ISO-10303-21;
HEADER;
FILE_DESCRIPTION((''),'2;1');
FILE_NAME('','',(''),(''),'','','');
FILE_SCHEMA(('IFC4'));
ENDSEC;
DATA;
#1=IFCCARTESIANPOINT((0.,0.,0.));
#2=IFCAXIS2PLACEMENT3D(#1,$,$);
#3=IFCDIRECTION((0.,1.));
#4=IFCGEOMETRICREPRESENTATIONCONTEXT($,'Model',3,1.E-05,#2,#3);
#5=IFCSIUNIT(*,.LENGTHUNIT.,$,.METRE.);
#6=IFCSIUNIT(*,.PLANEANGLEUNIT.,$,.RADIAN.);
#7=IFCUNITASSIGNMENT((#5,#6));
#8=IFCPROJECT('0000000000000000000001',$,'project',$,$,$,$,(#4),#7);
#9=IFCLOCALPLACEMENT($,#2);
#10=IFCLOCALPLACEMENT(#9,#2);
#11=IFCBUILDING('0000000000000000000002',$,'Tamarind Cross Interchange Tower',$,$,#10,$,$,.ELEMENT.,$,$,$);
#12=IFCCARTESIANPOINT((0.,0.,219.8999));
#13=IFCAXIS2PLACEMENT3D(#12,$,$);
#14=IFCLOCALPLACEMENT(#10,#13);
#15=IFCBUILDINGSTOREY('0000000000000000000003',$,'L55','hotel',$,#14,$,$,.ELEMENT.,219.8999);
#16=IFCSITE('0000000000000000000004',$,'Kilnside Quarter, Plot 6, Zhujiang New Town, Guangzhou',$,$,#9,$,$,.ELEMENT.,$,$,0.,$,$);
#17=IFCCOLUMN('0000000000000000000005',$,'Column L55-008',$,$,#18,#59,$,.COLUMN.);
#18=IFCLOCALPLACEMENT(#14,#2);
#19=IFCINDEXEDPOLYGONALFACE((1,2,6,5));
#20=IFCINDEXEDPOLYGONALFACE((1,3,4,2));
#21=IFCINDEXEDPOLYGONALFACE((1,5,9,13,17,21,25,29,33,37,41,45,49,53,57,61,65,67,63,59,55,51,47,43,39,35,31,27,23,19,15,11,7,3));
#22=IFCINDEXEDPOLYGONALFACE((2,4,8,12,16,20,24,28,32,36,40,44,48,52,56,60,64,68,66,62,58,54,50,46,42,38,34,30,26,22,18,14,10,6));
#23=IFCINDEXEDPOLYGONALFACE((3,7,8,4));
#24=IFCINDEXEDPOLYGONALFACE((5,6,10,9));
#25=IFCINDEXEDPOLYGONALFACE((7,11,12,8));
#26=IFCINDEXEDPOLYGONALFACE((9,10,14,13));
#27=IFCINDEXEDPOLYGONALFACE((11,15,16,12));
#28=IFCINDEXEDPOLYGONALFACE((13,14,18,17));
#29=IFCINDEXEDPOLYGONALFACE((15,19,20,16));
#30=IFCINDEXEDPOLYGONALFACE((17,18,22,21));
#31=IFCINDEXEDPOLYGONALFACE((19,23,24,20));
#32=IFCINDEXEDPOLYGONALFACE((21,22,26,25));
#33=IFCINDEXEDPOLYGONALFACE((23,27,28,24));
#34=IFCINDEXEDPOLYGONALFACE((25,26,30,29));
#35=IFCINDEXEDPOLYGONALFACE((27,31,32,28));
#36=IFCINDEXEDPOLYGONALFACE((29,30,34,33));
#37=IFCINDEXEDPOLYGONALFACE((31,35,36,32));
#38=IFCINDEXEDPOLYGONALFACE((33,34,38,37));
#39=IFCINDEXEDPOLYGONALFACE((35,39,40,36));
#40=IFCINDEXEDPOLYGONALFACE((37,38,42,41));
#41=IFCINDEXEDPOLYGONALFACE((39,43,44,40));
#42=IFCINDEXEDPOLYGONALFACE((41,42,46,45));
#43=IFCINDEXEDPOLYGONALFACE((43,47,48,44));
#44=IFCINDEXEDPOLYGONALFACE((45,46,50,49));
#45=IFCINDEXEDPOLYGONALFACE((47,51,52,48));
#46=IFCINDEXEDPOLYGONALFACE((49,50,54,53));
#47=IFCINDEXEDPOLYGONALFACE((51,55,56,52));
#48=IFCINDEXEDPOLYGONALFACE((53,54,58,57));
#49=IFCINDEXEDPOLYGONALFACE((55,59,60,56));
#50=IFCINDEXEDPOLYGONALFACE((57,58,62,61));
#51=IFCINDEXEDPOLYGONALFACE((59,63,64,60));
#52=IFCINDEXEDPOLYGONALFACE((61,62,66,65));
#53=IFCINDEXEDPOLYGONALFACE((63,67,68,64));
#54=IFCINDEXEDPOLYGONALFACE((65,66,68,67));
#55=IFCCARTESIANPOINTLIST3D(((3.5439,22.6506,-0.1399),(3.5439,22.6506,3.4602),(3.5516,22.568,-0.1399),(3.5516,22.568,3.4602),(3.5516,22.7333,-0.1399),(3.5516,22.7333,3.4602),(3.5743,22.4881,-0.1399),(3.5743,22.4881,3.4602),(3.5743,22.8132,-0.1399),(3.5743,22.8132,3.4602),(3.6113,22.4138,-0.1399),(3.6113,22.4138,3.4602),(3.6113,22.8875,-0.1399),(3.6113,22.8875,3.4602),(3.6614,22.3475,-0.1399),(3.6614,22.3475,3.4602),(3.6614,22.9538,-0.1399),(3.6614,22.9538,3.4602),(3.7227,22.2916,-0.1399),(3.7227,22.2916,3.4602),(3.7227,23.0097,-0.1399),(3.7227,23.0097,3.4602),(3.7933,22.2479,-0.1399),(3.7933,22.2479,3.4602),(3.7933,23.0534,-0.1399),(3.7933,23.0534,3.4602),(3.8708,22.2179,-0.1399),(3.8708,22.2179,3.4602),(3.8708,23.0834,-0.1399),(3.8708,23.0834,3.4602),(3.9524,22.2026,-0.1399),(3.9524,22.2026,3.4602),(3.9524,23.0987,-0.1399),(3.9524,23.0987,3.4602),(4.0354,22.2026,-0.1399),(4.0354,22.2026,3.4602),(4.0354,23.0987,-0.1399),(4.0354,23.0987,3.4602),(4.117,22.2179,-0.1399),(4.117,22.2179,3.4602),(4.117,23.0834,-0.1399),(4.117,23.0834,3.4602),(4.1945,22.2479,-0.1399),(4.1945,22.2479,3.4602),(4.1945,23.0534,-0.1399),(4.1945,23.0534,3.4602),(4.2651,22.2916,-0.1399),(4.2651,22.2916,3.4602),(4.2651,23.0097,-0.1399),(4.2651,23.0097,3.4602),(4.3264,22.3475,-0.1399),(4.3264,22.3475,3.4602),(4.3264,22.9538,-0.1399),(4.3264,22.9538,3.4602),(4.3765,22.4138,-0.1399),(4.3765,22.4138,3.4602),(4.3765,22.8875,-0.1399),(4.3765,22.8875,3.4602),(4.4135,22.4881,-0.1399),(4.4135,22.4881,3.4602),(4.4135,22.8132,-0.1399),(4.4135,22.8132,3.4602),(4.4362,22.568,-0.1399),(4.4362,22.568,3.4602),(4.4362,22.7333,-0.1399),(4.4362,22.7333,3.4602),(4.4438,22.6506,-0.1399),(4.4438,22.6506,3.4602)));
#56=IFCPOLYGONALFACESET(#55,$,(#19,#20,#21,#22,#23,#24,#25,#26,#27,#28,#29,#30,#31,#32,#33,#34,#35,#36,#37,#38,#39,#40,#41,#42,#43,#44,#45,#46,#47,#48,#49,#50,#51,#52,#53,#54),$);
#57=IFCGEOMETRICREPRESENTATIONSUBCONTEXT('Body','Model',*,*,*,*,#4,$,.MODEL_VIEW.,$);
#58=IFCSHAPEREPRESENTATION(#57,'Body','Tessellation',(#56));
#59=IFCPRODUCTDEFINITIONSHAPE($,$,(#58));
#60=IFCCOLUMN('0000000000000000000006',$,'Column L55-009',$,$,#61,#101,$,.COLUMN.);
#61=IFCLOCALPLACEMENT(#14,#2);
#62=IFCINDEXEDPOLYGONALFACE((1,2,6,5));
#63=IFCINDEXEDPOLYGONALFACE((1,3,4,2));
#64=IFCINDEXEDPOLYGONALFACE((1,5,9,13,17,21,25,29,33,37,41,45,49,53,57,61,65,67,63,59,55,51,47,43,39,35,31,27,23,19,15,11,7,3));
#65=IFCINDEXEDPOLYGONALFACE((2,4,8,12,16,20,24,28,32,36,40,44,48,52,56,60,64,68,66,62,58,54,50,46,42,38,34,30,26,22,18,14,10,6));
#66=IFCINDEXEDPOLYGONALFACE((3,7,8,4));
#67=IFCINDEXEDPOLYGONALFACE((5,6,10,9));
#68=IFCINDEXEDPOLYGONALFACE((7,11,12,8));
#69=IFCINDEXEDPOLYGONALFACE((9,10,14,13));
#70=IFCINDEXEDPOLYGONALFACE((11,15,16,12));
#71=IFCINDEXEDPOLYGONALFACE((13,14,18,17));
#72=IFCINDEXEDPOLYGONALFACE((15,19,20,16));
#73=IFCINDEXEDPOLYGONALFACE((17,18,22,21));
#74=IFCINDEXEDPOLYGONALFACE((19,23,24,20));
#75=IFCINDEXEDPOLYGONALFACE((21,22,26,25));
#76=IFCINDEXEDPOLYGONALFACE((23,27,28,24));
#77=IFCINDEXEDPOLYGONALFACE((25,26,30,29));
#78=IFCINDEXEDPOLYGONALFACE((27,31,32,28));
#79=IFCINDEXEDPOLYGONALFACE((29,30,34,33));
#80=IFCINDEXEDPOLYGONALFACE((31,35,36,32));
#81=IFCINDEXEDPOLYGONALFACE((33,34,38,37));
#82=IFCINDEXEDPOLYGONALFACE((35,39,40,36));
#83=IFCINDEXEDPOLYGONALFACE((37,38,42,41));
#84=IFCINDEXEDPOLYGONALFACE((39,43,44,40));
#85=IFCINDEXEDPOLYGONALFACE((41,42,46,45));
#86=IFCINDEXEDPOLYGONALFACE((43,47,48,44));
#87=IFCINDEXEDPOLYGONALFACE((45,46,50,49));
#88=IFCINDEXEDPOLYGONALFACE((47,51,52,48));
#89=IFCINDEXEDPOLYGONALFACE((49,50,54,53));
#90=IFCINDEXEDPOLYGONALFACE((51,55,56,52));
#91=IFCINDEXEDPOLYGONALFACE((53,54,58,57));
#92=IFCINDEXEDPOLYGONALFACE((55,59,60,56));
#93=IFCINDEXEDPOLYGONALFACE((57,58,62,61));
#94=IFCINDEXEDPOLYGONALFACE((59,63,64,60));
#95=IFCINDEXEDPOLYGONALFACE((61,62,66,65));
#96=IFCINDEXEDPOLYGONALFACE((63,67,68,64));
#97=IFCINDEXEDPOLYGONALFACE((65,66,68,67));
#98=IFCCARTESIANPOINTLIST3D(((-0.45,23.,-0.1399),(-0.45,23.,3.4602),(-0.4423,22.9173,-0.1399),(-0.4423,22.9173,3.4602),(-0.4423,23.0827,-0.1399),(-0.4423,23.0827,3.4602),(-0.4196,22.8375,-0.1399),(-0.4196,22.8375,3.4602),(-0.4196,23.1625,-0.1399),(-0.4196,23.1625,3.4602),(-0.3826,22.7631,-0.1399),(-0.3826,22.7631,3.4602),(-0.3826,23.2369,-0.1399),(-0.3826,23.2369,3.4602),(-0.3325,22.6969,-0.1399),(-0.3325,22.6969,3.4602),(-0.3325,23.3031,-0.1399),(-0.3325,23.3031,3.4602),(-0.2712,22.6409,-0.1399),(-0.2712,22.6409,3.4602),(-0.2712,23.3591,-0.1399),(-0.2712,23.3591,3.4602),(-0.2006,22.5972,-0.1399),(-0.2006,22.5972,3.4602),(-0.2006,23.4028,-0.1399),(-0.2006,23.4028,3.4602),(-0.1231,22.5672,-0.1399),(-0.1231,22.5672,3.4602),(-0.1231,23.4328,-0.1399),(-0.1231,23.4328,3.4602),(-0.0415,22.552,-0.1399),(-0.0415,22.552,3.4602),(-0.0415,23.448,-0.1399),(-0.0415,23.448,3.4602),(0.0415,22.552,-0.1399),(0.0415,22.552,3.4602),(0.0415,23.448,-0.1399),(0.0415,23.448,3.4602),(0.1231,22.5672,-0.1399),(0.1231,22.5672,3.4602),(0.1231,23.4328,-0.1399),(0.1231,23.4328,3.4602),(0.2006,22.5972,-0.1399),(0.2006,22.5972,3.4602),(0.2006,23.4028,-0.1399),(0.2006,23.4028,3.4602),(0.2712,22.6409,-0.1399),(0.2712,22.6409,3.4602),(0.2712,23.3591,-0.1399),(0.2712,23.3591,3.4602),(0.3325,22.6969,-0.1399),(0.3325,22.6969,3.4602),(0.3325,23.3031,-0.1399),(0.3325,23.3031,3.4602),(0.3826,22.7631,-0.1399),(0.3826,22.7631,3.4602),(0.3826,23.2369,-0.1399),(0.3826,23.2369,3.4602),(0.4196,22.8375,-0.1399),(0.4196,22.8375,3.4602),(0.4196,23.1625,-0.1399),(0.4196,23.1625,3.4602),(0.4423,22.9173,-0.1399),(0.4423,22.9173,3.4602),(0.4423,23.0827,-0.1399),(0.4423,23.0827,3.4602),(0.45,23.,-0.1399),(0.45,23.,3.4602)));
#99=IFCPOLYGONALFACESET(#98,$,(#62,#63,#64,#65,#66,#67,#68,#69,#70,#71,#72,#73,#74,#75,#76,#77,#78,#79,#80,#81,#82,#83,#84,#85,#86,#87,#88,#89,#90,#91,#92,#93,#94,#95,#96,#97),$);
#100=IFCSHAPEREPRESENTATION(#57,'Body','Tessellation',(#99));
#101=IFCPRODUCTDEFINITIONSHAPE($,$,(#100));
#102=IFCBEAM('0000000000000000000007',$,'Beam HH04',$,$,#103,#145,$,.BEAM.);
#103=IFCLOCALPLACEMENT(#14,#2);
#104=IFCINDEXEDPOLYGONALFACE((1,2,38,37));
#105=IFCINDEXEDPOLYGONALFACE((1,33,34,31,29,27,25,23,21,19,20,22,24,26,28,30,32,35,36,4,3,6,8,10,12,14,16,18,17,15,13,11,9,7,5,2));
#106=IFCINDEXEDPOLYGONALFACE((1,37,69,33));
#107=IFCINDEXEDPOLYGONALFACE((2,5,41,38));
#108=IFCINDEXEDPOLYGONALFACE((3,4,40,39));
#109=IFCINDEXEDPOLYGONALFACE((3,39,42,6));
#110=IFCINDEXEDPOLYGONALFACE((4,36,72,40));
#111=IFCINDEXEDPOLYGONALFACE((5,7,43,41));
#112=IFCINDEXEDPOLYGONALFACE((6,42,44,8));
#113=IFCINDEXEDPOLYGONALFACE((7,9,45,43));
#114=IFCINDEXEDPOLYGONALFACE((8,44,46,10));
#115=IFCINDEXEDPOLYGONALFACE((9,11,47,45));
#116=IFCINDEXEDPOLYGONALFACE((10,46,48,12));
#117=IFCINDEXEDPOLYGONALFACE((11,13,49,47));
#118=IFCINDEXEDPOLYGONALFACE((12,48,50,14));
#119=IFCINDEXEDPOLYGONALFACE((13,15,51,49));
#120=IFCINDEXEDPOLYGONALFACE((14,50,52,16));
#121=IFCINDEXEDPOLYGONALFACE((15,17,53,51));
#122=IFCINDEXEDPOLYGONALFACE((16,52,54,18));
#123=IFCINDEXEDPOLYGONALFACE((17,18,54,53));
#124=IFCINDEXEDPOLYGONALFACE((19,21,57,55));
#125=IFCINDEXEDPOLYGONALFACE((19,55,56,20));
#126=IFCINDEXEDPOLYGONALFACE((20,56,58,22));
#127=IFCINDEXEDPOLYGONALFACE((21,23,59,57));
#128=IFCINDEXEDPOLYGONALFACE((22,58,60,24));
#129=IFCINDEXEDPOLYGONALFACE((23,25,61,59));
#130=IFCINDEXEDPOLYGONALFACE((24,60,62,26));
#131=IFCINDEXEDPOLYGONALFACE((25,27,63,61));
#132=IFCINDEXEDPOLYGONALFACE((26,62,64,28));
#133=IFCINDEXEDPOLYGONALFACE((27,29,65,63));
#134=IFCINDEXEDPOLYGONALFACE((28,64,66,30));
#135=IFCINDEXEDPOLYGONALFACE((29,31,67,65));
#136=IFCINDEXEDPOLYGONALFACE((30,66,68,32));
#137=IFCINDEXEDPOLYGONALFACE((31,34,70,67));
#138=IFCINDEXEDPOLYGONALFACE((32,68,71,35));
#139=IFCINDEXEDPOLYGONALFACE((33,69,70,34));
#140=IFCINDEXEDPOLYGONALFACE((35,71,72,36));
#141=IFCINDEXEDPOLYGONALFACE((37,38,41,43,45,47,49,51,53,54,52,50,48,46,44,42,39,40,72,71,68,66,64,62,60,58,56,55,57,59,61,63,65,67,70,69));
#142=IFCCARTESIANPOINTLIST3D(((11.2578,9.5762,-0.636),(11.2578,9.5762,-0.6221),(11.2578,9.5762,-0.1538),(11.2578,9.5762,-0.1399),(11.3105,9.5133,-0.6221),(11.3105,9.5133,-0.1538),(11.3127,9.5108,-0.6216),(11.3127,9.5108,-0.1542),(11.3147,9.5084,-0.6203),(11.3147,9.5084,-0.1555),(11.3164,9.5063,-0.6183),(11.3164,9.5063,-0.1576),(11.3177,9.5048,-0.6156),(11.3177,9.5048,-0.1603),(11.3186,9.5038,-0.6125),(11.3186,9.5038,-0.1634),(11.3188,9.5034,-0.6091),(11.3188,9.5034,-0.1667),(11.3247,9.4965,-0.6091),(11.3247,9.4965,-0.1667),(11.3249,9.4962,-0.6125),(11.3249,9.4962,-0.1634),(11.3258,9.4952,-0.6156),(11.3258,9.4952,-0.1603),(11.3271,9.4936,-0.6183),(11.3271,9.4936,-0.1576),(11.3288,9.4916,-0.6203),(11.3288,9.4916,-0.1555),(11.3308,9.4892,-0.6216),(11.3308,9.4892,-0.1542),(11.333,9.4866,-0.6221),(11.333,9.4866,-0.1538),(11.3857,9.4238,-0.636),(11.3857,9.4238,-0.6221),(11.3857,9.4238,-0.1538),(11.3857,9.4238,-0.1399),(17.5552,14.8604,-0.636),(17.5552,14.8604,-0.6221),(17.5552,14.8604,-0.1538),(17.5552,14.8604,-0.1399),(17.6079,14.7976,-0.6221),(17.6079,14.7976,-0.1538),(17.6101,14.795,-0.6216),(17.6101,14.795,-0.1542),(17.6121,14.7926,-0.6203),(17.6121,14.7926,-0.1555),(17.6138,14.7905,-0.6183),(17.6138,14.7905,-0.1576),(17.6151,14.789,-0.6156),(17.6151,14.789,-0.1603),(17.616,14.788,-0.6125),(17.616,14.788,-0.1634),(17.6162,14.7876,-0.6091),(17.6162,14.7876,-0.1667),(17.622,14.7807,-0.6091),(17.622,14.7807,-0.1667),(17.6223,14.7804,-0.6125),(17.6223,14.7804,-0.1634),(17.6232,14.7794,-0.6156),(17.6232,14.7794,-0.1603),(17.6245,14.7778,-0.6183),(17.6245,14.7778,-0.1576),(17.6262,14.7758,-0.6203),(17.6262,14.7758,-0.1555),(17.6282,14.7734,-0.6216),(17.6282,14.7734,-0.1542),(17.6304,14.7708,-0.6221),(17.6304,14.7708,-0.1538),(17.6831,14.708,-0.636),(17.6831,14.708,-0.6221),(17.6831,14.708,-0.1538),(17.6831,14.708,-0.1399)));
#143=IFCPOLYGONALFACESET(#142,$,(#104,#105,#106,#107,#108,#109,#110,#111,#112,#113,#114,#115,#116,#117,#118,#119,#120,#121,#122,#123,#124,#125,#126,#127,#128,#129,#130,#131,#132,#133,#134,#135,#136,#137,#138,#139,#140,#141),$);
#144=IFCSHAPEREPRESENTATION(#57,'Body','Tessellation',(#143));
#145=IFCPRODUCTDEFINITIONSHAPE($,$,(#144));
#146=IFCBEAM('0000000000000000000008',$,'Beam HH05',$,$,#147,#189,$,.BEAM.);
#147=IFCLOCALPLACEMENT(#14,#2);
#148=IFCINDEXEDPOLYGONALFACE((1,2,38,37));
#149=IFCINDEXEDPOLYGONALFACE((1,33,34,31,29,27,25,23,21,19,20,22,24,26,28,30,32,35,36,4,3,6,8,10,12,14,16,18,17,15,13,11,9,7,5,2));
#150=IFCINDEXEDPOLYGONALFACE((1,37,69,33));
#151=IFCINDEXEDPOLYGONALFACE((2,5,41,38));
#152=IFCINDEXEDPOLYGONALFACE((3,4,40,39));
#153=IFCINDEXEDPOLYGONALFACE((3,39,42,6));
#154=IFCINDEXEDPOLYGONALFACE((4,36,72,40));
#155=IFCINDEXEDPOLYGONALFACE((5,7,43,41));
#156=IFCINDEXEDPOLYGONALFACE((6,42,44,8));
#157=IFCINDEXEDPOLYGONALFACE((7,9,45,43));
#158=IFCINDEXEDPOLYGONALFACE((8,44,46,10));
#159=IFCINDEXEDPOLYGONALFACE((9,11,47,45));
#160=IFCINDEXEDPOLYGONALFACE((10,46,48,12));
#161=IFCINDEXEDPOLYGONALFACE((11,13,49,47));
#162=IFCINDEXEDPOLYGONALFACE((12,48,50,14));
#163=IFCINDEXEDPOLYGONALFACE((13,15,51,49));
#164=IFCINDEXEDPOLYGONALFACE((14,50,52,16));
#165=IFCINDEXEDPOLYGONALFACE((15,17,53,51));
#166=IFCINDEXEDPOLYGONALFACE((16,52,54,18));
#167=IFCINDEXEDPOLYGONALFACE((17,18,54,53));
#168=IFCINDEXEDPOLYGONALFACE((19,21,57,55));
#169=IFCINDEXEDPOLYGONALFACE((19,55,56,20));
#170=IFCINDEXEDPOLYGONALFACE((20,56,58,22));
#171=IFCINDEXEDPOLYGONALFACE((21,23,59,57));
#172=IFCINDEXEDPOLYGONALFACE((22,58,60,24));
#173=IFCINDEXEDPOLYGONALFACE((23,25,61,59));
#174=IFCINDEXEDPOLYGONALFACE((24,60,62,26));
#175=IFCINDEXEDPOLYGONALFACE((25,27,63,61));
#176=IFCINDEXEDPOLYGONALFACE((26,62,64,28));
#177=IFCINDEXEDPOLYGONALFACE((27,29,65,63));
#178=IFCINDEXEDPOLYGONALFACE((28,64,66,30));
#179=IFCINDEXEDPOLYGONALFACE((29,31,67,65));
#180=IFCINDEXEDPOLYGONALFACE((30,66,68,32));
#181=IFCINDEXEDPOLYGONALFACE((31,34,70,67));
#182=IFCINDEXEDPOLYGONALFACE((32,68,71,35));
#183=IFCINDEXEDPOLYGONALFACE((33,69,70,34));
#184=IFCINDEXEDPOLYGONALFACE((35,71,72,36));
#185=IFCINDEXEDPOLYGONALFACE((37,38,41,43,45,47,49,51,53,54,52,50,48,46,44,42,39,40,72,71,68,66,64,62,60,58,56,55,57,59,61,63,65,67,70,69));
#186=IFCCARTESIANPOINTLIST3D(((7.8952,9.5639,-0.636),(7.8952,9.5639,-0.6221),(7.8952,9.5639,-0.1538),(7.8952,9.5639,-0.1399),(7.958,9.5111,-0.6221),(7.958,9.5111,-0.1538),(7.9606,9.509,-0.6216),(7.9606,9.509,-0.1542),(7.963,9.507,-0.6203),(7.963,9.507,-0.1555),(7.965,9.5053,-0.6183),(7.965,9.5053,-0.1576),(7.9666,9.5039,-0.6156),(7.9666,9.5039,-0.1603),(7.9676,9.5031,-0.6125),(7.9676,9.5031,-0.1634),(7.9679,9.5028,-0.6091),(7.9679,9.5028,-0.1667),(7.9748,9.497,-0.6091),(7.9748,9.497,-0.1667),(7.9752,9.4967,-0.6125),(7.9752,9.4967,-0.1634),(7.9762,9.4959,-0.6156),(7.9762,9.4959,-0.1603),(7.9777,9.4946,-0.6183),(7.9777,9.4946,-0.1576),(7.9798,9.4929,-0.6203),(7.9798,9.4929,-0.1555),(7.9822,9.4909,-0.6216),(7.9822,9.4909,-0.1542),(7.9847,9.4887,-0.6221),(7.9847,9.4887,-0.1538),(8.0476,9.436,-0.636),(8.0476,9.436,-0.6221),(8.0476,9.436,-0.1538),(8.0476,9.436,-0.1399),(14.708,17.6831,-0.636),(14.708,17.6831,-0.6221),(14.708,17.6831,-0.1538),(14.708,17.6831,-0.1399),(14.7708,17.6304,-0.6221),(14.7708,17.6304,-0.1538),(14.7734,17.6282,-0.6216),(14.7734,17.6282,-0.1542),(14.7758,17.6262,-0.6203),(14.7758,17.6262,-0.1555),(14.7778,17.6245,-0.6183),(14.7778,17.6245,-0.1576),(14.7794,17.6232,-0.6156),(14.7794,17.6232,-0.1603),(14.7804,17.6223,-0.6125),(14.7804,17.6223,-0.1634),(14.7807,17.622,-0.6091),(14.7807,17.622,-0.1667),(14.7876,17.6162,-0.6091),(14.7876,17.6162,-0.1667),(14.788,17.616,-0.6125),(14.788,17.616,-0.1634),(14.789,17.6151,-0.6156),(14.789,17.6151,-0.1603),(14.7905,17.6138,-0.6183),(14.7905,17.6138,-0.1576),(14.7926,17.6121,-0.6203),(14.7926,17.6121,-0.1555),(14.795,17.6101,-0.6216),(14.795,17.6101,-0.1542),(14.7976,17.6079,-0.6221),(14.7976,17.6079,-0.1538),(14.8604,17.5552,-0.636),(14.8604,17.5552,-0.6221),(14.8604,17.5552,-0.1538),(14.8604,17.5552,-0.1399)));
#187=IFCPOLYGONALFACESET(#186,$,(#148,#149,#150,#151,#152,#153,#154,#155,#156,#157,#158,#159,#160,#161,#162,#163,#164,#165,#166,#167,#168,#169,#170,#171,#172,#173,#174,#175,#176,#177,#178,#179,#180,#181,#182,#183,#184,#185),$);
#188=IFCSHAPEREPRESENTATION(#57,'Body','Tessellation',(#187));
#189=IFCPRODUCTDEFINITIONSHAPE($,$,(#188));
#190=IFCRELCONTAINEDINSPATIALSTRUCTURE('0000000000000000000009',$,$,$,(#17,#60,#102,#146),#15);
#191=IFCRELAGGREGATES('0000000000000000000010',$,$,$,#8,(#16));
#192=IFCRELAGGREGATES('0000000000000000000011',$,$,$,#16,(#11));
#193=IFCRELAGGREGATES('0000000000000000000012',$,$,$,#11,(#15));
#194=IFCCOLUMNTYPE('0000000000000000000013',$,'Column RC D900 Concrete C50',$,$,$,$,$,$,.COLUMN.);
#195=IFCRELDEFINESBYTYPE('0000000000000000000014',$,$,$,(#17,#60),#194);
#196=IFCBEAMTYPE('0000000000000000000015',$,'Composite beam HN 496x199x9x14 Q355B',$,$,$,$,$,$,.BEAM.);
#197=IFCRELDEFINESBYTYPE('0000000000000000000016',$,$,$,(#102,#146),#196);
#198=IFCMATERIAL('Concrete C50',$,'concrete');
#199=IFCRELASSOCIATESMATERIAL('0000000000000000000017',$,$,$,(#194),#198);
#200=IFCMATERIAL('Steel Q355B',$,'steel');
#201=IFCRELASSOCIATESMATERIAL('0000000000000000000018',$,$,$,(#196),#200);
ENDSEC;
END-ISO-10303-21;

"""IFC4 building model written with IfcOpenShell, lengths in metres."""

from ifc_helpers import new_model, si_unit, direction, frame, origin, origin_2d, place, context, subcontext, project, spatial, circle, i_section, extrude, material, material_profile, profile_set, type_object, element, save


model = new_model("IFC4")

# Units and contexts
model_context = context("Model", 3, precision=1e-05, world=origin(), true_north=direction((0.0, 1.0)))
body_context = subcontext(model_context, "Body", "Model", "MODEL_VIEW")
ifc_project = project(units=[si_unit("LENGTHUNIT", "METRE"), si_unit("PLANEANGLEUNIT", "RADIAN")], contexts=[model_context])

# Site, building, storey
site_placement = place(None, origin())
site = spatial("IfcSite", under=ifc_project, at=site_placement, Name="Kilnside Quarter, Plot 6, Zhujiang New Town, Guangzhou", CompositionType="ELEMENT", RefElevation=0.0)
building_placement = place(site_placement, origin())
building = spatial("IfcBuilding", under=site, at=building_placement, Name="Tamarind Cross Interchange Tower", CompositionType="ELEMENT")
storey_placement = place(building_placement, frame((0.0, 0.0, 219.8999)))
storey = spatial("IfcBuildingStorey", under=building, at=storey_placement, Name="L55", Description="hotel", CompositionType="ELEMENT", Elevation=219.8999)

# Columns
ifc_material_1 = material(Name="Concrete C50", Category="concrete")
ifc_material_profile_1 = material_profile(ifc_material_1, circle(Radius=0.45, at=origin_2d()), Name="RC D900")
ifc_profile_set_1 = profile_set([ifc_material_profile_1], Name="Concrete C50")
column_type = type_object("IfcColumnType", Name="Column RC D900 Concrete C50", PredefinedType="COLUMN", material=ifc_profile_set_1)
for number, where, z_axis, x_axis, name in (
    (1, (3.9939, 22.6506, -0.1399), (0.0, 0.0, 1.0), (1.0, 0.0, 0.0), "Column L55-008"),
    (2, (0.0, 23.0, -0.1399), (0.0, 0.0, 1.0), (1.0, 0.0, 0.0), "Column L55-009"),
):
    element("IfcColumn", number, at=place(storey_placement, frame(where, z_axis=z_axis, x_axis=x_axis)), inside=storey, type_object=column_type, Name=name, PredefinedType="COLUMN", context=body_context, shape_type="SweptSolid", body=[
        extrude(circle(Radius=0.45, at=origin_2d()), origin(), (0.0, 0.0, 1.0), 3.6001),
    ])

# Beams
ifc_material_2 = material(Name="Steel Q355B", Category="steel")
ifc_material_profile_2 = material_profile(ifc_material_2, i_section(OverallWidth=0.199, OverallDepth=0.4961, WebThickness=0.009, FlangeThickness=0.0139, FilletRadius=0.0129, at=origin_2d()), Name="HN 496x199x9x14")
ifc_profile_set_2 = profile_set([ifc_material_profile_2], Name="Steel Q355B")
beam_type = type_object("IfcBeamType", Name="Composite beam HN 496x199x9x14 Q355B", PredefinedType="BEAM", material=ifc_profile_set_2)
beam_1_placement = place(storey_placement, frame((17.6191, 14.7842, -0.3879), z_axis=(-0.766041, -0.642792, 0.0), x_axis=(0.642792, -0.766041, 0.0)))
element("IfcBeam", 3, at=beam_1_placement, inside=storey, type_object=beam_type, Name="Beam HH04", PredefinedType="BEAM", context=body_context, shape_type="SweptSolid", body=[
    extrude(i_section(OverallWidth=0.199, OverallDepth=0.4961, WebThickness=0.009, FlangeThickness=0.0139, FilletRadius=0.0129, at=origin_2d()), origin(), (0.0, 0.0, 1.0), 8.2207),
])
beam_2_placement = place(storey_placement, frame((14.7842, 17.6191, -0.3879), z_axis=(-0.642786, -0.766046, 0.0), x_axis=(0.766046, -0.642786, 0.0)))
element("IfcBeam", 4, at=beam_2_placement, inside=storey, type_object=beam_type, Name="Beam HH05", PredefinedType="BEAM", context=body_context, shape_type="SweptSolid", body=[
    extrude(i_section(OverallWidth=0.199, OverallDepth=0.4961, WebThickness=0.009, FlangeThickness=0.0139, FilletRadius=0.0129, at=origin_2d()), origin(), (0.0, 0.0, 1.0), 10.5989),
])

save(model, "model.ifc")
